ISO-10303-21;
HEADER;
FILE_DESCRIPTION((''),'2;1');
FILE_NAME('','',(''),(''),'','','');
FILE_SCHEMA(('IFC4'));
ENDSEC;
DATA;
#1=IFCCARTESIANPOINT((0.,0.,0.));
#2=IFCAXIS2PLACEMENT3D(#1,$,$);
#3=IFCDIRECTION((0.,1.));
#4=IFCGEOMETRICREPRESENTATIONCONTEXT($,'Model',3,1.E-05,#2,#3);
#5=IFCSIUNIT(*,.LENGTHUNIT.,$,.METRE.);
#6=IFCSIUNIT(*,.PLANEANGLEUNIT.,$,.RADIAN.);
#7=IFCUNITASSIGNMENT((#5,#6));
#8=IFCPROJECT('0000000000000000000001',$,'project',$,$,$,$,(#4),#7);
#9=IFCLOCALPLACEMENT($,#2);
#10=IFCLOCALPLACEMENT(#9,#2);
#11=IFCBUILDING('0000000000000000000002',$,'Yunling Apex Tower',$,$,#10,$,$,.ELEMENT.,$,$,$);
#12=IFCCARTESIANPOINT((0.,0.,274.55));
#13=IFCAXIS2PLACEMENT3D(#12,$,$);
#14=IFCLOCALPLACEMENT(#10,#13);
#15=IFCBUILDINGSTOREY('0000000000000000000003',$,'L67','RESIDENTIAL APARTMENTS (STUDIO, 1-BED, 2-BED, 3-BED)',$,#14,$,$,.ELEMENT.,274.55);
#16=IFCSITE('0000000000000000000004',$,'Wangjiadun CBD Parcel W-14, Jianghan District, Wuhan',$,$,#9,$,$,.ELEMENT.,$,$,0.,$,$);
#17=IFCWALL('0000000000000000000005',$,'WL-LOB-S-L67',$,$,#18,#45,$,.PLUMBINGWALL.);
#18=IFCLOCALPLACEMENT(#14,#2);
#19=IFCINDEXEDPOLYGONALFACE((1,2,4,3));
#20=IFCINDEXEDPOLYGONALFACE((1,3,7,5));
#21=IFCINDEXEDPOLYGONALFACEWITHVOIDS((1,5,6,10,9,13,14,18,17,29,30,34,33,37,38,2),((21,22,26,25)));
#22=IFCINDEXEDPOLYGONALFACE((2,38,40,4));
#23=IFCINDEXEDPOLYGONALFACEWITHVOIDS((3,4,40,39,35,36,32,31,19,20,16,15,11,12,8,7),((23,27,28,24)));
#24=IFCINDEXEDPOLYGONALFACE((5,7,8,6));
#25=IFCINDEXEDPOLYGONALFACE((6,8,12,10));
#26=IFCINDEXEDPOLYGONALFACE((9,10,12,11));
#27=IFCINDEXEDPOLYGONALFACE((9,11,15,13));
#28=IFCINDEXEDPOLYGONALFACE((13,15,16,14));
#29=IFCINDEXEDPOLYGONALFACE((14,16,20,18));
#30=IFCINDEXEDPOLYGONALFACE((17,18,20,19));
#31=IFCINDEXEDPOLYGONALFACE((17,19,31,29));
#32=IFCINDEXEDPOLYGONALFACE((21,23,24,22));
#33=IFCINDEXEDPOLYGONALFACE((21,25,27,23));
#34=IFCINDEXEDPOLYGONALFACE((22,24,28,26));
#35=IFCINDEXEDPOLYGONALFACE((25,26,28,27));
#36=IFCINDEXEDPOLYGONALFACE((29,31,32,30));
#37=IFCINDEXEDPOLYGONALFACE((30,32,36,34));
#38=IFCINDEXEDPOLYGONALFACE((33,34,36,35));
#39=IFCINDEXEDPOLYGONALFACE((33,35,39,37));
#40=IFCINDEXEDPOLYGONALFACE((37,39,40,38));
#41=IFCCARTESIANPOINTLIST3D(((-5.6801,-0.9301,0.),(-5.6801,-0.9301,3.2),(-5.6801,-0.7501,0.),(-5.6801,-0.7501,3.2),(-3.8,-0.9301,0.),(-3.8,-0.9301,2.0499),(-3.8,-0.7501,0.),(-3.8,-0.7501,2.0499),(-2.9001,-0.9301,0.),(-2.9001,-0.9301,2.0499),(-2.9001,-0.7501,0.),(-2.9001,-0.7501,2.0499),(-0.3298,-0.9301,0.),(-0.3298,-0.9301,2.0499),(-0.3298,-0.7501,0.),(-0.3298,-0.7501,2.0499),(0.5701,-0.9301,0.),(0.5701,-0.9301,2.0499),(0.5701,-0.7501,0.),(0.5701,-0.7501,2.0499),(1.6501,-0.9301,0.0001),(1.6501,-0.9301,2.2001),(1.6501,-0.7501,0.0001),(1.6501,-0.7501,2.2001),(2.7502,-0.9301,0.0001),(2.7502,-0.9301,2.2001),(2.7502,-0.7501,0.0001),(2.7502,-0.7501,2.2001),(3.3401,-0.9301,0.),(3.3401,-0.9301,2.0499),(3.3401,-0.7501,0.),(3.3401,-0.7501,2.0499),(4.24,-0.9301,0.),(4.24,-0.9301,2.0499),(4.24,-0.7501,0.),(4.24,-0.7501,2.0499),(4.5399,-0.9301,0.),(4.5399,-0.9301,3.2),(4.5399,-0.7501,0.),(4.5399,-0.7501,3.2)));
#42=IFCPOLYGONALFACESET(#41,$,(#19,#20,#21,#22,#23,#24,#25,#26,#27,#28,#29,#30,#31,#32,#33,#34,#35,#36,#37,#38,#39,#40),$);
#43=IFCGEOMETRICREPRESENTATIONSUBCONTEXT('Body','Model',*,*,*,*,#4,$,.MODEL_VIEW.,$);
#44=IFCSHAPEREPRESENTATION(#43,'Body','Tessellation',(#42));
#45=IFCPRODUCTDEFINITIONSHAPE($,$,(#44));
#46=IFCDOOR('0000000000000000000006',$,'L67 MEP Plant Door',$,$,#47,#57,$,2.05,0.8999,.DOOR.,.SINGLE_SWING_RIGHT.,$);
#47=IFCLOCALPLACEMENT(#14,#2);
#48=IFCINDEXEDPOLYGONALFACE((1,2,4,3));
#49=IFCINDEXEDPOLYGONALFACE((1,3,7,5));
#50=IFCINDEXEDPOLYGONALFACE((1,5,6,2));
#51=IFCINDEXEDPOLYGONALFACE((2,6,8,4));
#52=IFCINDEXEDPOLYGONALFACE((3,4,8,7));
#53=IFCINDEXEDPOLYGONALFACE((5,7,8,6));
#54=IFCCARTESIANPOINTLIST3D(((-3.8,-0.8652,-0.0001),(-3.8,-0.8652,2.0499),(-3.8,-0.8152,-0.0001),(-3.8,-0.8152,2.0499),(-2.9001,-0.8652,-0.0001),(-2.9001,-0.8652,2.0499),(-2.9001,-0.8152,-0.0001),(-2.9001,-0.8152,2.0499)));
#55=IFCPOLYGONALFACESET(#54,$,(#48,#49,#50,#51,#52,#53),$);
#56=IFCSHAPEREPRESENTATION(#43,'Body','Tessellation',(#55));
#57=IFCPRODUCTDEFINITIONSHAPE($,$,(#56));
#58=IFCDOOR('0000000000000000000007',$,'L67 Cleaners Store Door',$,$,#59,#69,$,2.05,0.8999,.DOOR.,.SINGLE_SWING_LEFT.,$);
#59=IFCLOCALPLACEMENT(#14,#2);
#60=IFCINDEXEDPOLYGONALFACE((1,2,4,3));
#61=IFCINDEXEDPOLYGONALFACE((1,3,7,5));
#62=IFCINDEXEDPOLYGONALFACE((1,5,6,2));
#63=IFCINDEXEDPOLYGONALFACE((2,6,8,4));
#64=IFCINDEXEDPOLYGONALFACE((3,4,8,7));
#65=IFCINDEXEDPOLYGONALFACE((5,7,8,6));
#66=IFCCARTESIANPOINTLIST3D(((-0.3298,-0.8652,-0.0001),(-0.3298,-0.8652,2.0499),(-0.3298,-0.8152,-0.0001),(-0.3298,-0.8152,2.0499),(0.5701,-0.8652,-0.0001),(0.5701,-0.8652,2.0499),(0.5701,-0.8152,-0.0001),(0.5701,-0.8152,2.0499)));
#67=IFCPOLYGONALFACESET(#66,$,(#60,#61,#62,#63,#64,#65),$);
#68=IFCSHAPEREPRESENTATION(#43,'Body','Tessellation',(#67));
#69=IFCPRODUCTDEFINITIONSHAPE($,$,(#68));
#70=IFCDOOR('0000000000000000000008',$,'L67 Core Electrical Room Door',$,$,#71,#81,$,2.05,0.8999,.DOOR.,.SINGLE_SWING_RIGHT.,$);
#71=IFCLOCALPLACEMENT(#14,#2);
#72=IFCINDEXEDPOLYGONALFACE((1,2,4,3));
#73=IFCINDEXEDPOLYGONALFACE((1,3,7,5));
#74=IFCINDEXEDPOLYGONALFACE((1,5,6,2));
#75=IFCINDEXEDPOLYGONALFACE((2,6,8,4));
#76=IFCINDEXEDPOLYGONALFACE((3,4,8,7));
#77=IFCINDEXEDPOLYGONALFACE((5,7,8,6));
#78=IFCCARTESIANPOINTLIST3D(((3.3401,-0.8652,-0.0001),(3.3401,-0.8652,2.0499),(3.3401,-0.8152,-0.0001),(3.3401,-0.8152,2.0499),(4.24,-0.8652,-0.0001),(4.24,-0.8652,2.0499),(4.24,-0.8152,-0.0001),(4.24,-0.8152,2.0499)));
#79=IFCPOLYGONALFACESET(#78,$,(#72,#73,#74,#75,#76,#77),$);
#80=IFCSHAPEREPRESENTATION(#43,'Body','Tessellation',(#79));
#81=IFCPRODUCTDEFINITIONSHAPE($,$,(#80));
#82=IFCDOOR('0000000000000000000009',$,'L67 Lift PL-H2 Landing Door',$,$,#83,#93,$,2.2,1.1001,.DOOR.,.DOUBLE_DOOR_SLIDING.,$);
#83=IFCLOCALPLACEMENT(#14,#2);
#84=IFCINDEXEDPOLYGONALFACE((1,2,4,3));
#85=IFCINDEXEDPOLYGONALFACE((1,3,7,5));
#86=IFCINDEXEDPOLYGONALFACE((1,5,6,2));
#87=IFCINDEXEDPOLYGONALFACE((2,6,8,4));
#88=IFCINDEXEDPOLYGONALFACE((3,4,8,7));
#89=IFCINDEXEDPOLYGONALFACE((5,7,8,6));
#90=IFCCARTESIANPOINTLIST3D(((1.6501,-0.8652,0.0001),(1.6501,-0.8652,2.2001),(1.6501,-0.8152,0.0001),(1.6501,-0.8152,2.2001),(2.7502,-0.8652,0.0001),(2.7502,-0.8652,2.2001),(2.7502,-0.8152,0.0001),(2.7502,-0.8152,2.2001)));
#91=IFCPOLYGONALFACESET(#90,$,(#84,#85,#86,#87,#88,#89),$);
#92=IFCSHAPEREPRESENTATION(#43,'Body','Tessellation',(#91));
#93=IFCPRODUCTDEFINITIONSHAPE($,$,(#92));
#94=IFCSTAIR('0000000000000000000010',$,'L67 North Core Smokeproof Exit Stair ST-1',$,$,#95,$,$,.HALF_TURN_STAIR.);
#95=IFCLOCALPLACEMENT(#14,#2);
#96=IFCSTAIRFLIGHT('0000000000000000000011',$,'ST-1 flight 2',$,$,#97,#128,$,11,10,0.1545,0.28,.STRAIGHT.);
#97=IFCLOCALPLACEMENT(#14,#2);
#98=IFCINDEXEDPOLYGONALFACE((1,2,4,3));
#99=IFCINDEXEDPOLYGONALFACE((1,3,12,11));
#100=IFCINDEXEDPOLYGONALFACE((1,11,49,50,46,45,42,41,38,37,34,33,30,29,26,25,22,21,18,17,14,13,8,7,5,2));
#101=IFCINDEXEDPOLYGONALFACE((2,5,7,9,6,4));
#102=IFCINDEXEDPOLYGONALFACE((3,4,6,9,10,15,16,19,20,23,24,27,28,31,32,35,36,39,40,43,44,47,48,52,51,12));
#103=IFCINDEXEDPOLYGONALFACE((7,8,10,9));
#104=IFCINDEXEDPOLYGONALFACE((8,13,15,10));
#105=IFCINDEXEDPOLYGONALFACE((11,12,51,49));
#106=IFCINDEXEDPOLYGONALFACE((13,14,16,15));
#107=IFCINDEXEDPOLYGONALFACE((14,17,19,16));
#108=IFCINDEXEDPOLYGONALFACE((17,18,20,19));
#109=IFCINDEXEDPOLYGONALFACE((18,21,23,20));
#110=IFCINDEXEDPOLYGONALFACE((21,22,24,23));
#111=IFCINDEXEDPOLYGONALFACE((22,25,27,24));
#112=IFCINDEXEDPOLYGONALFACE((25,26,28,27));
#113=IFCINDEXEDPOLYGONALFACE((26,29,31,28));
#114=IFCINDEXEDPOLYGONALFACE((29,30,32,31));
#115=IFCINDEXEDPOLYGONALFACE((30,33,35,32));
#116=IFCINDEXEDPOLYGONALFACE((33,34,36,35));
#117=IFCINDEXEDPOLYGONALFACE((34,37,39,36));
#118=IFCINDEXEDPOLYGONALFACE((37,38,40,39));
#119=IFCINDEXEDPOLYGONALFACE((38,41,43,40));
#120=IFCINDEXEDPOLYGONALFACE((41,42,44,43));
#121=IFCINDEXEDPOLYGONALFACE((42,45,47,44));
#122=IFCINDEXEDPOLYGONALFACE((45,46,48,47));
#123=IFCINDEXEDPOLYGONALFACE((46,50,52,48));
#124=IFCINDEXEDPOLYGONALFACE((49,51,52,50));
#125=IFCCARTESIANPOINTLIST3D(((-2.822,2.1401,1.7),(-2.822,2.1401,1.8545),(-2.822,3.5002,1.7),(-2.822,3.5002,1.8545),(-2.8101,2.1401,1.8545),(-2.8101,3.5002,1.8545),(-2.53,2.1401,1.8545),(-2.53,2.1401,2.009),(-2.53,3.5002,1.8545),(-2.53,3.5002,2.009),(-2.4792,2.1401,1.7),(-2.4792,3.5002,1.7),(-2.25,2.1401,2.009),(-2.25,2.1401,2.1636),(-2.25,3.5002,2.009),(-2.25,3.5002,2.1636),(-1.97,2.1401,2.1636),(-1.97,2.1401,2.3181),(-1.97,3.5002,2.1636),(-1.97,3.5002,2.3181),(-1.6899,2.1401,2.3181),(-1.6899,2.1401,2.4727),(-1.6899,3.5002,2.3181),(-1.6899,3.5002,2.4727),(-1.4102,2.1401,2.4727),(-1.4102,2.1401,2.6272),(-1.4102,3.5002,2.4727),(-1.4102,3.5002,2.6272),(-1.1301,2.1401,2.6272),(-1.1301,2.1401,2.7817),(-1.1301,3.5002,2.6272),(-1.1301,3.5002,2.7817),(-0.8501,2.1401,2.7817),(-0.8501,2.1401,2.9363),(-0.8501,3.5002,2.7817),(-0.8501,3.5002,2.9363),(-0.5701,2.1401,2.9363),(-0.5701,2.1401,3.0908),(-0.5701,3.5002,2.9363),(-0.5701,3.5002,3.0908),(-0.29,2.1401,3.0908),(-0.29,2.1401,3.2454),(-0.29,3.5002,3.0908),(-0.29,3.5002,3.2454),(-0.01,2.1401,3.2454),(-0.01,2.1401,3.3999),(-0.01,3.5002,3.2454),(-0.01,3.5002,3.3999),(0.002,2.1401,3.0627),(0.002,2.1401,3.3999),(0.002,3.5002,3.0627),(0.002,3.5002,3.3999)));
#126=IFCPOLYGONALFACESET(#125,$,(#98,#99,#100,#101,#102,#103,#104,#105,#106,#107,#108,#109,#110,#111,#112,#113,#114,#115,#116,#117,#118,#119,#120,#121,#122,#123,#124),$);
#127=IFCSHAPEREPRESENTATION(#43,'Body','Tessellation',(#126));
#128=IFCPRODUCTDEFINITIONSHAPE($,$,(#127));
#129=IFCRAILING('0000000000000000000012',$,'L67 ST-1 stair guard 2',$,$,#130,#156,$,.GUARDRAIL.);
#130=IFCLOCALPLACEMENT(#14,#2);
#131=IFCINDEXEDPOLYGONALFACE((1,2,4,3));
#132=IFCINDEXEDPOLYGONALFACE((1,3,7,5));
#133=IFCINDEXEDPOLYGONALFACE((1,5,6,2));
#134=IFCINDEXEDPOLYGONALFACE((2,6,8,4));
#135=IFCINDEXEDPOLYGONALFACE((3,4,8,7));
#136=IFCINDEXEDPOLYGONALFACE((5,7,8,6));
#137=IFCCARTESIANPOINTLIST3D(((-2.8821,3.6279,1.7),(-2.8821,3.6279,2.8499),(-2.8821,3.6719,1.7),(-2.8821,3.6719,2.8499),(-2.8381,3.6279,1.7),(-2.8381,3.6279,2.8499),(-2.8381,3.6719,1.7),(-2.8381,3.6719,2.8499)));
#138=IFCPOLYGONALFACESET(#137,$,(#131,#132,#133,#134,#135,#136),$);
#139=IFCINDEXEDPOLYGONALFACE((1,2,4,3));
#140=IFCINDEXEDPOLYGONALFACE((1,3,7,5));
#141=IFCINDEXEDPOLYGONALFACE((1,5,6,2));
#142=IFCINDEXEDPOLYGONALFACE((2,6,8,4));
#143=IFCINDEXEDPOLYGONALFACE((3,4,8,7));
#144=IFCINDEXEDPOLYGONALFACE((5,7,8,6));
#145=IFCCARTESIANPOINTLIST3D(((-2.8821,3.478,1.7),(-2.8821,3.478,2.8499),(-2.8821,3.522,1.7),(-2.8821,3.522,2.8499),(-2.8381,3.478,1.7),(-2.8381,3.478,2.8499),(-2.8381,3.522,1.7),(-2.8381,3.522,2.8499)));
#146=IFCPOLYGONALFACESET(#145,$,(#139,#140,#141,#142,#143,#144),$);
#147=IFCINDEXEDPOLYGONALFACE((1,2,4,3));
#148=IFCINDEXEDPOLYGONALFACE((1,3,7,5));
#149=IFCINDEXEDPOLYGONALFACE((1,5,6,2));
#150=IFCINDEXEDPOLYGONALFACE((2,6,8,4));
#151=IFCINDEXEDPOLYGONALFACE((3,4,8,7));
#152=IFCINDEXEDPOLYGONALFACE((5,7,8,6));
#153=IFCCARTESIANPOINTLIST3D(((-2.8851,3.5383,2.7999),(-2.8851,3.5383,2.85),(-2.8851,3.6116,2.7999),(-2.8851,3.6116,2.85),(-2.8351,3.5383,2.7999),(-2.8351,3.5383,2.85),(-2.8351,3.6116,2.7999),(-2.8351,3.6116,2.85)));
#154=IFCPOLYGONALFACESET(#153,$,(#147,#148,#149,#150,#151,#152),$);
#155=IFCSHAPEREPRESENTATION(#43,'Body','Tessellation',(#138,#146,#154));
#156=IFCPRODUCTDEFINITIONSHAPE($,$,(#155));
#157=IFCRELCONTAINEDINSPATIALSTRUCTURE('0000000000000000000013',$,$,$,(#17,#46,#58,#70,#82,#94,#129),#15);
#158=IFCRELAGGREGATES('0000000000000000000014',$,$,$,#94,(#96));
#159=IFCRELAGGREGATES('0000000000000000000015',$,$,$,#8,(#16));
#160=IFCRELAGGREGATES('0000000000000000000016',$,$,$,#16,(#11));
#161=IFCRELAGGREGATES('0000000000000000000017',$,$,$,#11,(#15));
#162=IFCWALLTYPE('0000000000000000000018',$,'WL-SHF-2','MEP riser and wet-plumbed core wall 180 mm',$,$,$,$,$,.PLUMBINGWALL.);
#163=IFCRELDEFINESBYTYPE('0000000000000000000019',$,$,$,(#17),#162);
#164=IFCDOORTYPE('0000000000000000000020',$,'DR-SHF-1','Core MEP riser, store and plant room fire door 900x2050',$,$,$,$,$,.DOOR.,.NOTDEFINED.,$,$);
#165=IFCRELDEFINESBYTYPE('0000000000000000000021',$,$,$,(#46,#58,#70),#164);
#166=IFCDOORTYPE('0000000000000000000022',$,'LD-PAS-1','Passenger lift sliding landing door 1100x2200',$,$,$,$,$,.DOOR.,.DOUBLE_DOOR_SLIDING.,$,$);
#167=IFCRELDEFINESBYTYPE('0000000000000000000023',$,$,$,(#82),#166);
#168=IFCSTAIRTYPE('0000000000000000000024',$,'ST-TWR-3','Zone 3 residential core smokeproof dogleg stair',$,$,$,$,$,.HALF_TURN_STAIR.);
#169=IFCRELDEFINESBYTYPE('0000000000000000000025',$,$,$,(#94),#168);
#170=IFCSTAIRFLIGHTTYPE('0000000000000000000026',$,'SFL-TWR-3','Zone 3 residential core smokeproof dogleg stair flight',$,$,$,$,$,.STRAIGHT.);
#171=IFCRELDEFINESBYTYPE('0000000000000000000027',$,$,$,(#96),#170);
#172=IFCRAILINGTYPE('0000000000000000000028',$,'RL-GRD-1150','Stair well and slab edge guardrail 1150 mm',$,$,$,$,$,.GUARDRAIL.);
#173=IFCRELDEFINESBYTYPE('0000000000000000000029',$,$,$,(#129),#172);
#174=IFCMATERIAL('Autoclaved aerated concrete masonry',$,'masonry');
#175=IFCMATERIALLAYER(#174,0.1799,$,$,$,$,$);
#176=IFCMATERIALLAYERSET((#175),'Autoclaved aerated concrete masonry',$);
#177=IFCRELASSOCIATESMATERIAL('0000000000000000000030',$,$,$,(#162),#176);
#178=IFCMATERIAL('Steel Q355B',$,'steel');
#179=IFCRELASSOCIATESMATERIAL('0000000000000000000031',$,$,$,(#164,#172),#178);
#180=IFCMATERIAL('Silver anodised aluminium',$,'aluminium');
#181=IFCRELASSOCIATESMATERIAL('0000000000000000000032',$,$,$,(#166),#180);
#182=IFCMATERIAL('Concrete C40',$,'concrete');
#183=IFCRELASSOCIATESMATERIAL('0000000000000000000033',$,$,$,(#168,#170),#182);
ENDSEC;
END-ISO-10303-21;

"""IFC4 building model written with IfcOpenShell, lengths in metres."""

from ifc_helpers import new_model, si_unit, direction, frame, frame_2d, origin, origin_2d, place, context, subcontext, project, spatial, polyline, rectangle, outline, extrude, material, layer, layer_set, type_object, element, fill, aggregate, save


model = new_model("IFC4")

# Units and contexts
model_context = context("Model", 3, precision=1e-05, world=origin(), true_north=direction((0.0, 1.0)))
body_context = subcontext(model_context, "Body", "Model", "MODEL_VIEW")
ifc_project = project(units=[si_unit("LENGTHUNIT", "METRE"), si_unit("PLANEANGLEUNIT", "RADIAN")], contexts=[model_context])

# Site, building, storey
site_placement = place(None, origin())
site = spatial("IfcSite", under=ifc_project, at=site_placement, Name="Wangjiadun CBD Parcel W-14, Jianghan District, Wuhan", CompositionType="ELEMENT", RefElevation=0.0)
building_placement = place(site_placement, origin())
building = spatial("IfcBuilding", under=site, at=building_placement, Name="Yunling Apex Tower", CompositionType="ELEMENT")
storey_placement = place(building_placement, frame((0.0, 0.0, 274.55)))
storey = spatial("IfcBuildingStorey", under=building, at=storey_placement, Name="L67", Description="RESIDENTIAL APARTMENTS (STUDIO, 1-BED, 2-BED, 3-BED)", CompositionType="ELEMENT", Elevation=274.55)

# Shared definitions
ifc_material_1 = material(Name="Steel Q355B", Category="steel")

# Shared definitions
ifc_material_2 = material(Name="Concrete C40", Category="concrete")

# Shared definitions
ifc_material_3 = material(Name="Autoclaved aerated concrete masonry", Category="masonry")

# Wall, openings, doors
ifc_layer_1 = layer(ifc_material_3, 0.1799)
ifc_layer_set_1 = layer_set([ifc_layer_1], Name="Autoclaved aerated concrete masonry")
wall_type_1 = type_object("IfcWallType", Name="WL-SHF-2", Description="MEP riser and wet-plumbed core wall 180 mm", PredefinedType="PLUMBINGWALL", material=ifc_layer_set_1)
door_type_1 = type_object("IfcDoorType", Name="DR-SHF-1", Description="Core MEP riser, store and plant room fire door 900x2050", OperationType="NOTDEFINED", PredefinedType="DOOR", material=ifc_material_1)
ifc_material_4 = material(Name="Silver anodised aluminium", Category="aluminium")
door_type_2 = type_object("IfcDoorType", Name="LD-PAS-1", Description="Passenger lift sliding landing door 1100x2200", OperationType="DOUBLE_DOOR_SLIDING", PredefinedType="DOOR", material=ifc_material_4)
wall_1_placement = place(storey_placement, frame((-5.6799, -0.8401, 0.0), z_axis=(0.0, 0.0, 1.0), x_axis=(1.0, 0.0, 0.0)))
wall_1 = element("IfcWall", 1, at=wall_1_placement, inside=storey, type_object=wall_type_1, Name="WL-LOB-S-L67", PredefinedType="PLUMBINGWALL", context=body_context, shape_type="SweptSolid", body=[
    extrude(rectangle(XDim=10.22, YDim=0.1799, at=frame_2d((5.1099, 0.0))), origin(), (0.0, 0.0, 1.0), 3.2),
])
opening_1_placement = place(wall_1_placement, frame((1.8799, 0.0, 0.0)))
opening_1 = element("IfcOpeningElement", 2, at=opening_1_placement, cuts=wall_1, PredefinedType="OPENING", context=body_context, shape_type="SweptSolid", body=[
    extrude(rectangle(XDim=0.8999, YDim=2.05, at=frame_2d((0.45, 1.0249))), frame((0.0, 0.1001, 0.0), z_axis=(0.0, -1.0, 0.0), x_axis=(1.0, 0.0, 0.0)), (0.0, 0.0, 1.0), 0.2),
])
opening_2_placement = place(wall_1_placement, frame((5.3501, 0.0, 0.0)))
opening_2 = element("IfcOpeningElement", 3, at=opening_2_placement, cuts=wall_1, PredefinedType="OPENING", context=body_context, shape_type="SweptSolid", body=[
    extrude(rectangle(XDim=0.8999, YDim=2.05, at=frame_2d((0.45, 1.0249))), frame((0.0, 0.1001, 0.0), z_axis=(0.0, -1.0, 0.0), x_axis=(1.0, 0.0, 0.0)), (0.0, 0.0, 1.0), 0.2),
])
opening_3_placement = place(wall_1_placement, frame((7.3301, 0.0, 0.0)))
opening_3 = element("IfcOpeningElement", 4, at=opening_3_placement, cuts=wall_1, PredefinedType="OPENING", context=body_context, shape_type="SweptSolid", body=[
    extrude(rectangle(XDim=1.1001, YDim=2.2, at=frame_2d((0.55, 1.1001))), frame((0.0, 0.1001, 0.0), z_axis=(0.0, -1.0, 0.0), x_axis=(1.0, 0.0, 0.0)), (0.0, 0.0, 1.0), 0.2),
])
opening_4_placement = place(wall_1_placement, frame((9.02, 0.0, 0.0)))
opening_4 = element("IfcOpeningElement", 5, at=opening_4_placement, cuts=wall_1, PredefinedType="OPENING", context=body_context, shape_type="SweptSolid", body=[
    extrude(rectangle(XDim=0.8999, YDim=2.05, at=frame_2d((0.45, 1.0249))), frame((0.0, 0.1001, 0.0), z_axis=(0.0, -1.0, 0.0), x_axis=(1.0, 0.0, 0.0)), (0.0, 0.0, 1.0), 0.2),
])
door_1_placement = place(opening_1_placement, origin())
door_1 = element("IfcDoor", 6, at=door_1_placement, inside=storey, type_object=door_type_1, Name="L67 MEP Plant Door", OperationType="SINGLE_SWING_RIGHT", OverallHeight=2.05, OverallWidth=0.8999, PredefinedType="DOOR", context=body_context, shape_type="SweptSolid", body=[
    extrude(rectangle(XDim=0.8999, YDim=2.05, at=frame_2d((0.45, 1.0249))), frame((0.0, 0.0249, 0.0), z_axis=(0.0, -1.0, 0.0), x_axis=(1.0, 0.0, 0.0)), (0.0, 0.0, 1.0), 0.05),
])
fill(opening_1, door_1)
door_2_placement = place(opening_2_placement, origin())
door_2 = element("IfcDoor", 7, at=door_2_placement, inside=storey, type_object=door_type_1, Name="L67 Cleaners Store Door", OperationType="SINGLE_SWING_LEFT", OverallHeight=2.05, OverallWidth=0.8999, PredefinedType="DOOR", context=body_context, shape_type="SweptSolid", body=[
    extrude(rectangle(XDim=0.8999, YDim=2.05, at=frame_2d((0.45, 1.0249))), frame((0.0, 0.0249, 0.0), z_axis=(0.0, -1.0, 0.0), x_axis=(1.0, 0.0, 0.0)), (0.0, 0.0, 1.0), 0.05),
])
fill(opening_2, door_2)
door_3_placement = place(opening_4_placement, origin())
door_3 = element("IfcDoor", 8, at=door_3_placement, inside=storey, type_object=door_type_1, Name="L67 Core Electrical Room Door", OperationType="SINGLE_SWING_RIGHT", OverallHeight=2.05, OverallWidth=0.8999, PredefinedType="DOOR", context=body_context, shape_type="SweptSolid", body=[
    extrude(rectangle(XDim=0.8999, YDim=2.05, at=frame_2d((0.45, 1.0249))), frame((0.0, 0.0249, 0.0), z_axis=(0.0, -1.0, 0.0), x_axis=(1.0, 0.0, 0.0)), (0.0, 0.0, 1.0), 0.05),
])
fill(opening_4, door_3)
door_4_placement = place(opening_3_placement, origin())
door_4 = element("IfcDoor", 9, at=door_4_placement, inside=storey, type_object=door_type_2, Name="L67 Lift PL-H2 Landing Door", OperationType="DOUBLE_DOOR_SLIDING", OverallHeight=2.2, OverallWidth=1.1001, PredefinedType="DOOR", context=body_context, shape_type="SweptSolid", body=[
    extrude(rectangle(XDim=1.1001, YDim=2.2, at=frame_2d((0.55, 1.1001))), frame((0.0, 0.0249, 0.0), z_axis=(0.0, -1.0, 0.0), x_axis=(1.0, 0.0, 0.0)), (0.0, 0.0, 1.0), 0.05),
])
fill(opening_3, door_4)

# Stair, stair flight
stair_type = type_object("IfcStairType", Name="ST-TWR-3", Description="Zone 3 residential core smokeproof dogleg stair", PredefinedType="HALF_TURN_STAIR", material=ifc_material_2)
stair_placement = place(storey_placement, origin())
stair = element("IfcStair", 10, at=stair_placement, inside=storey, type_object=stair_type, Name="L67 North Core Smokeproof Exit Stair ST-1", PredefinedType="HALF_TURN_STAIR")
stair_flight_type = type_object("IfcStairFlightType", Name="SFL-TWR-3", Description="Zone 3 residential core smokeproof dogleg stair flight", PredefinedType="STRAIGHT", material=ifc_material_2)
stair_flight_placement = place(storey_placement, frame((-2.8101, 2.8201, 1.7), z_axis=(0.0, 0.0, 1.0), x_axis=(1.0, 0.0, 0.0)))
stair_flight = element("IfcStairFlight", 11, at=stair_flight_placement, type_object=stair_flight_type, Name="ST-1 flight 2", NumberOfRisers=11, NumberOfTreads=10, PredefinedType="STRAIGHT", RiserHeight=0.1545, TreadLength=0.28, context=body_context, shape_type="SweptSolid", body=[
    extrude(outline(polyline([(-0.012, 0.0), (-0.012, 0.1545), (0.0, 0.1545), (0.28, 0.1545), (0.28, 0.3091), (0.5601, 0.3091), (0.5601, 0.4636), (0.8401, 0.4636), (0.8401, 0.6182), (1.1201, 0.6182), (1.1201, 0.7727), (1.3999, 0.7727), (1.3999, 0.9272), (1.6799, 0.9272), (1.6799, 1.0818), (1.96, 1.0818), (1.96, 1.2363), (2.24, 1.2363), (2.24, 1.3909), (2.52, 1.3909), (2.52, 1.5454), (2.8, 1.5454), (2.8, 1.7), (2.812, 1.7), (2.812, 1.3628), (0.3308, 0.0), (-0.012, 0.0)])), frame((0.0, 0.6802, 0.0), z_axis=(0.0, -1.0, 0.0), x_axis=(1.0, 0.0, 0.0)), (0.0, 0.0, 1.0), 1.3601),
])
aggregate(stair, [stair_flight])

# Railing
railing_type = type_object("IfcRailingType", Name="RL-GRD-1150", Description="Stair well and slab edge guardrail 1150 mm", PredefinedType="GUARDRAIL", material=ifc_material_1)
railing_placement = place(storey_placement, frame((-2.8601, 3.6499, 1.7)))
element("IfcRailing", 12, at=railing_placement, inside=storey, type_object=railing_type, Name="L67 ST-1 stair guard 2", PredefinedType="GUARDRAIL", context=body_context, shape_type="SweptSolid", body=[
    extrude(rectangle(XDim=0.0439, YDim=0.0439, at=origin_2d()), origin(), (0.0, 0.0, 1.0), 1.1499),
    extrude(rectangle(XDim=0.0439, YDim=0.0439, at=origin_2d()), frame((0.0, -0.1499, 0.0)), (0.0, 0.0, 1.0), 1.1499),
    extrude(rectangle(XDim=0.05, YDim=0.05, at=origin_2d()), frame((0.0, -0.0383, 1.125), z_axis=(0.0, -1.0, 0.0), x_axis=(1.0, 0.0, 0.0)), (0.0, 0.0, 1.0), 0.0732),
])

save(model, "model.ifc")
